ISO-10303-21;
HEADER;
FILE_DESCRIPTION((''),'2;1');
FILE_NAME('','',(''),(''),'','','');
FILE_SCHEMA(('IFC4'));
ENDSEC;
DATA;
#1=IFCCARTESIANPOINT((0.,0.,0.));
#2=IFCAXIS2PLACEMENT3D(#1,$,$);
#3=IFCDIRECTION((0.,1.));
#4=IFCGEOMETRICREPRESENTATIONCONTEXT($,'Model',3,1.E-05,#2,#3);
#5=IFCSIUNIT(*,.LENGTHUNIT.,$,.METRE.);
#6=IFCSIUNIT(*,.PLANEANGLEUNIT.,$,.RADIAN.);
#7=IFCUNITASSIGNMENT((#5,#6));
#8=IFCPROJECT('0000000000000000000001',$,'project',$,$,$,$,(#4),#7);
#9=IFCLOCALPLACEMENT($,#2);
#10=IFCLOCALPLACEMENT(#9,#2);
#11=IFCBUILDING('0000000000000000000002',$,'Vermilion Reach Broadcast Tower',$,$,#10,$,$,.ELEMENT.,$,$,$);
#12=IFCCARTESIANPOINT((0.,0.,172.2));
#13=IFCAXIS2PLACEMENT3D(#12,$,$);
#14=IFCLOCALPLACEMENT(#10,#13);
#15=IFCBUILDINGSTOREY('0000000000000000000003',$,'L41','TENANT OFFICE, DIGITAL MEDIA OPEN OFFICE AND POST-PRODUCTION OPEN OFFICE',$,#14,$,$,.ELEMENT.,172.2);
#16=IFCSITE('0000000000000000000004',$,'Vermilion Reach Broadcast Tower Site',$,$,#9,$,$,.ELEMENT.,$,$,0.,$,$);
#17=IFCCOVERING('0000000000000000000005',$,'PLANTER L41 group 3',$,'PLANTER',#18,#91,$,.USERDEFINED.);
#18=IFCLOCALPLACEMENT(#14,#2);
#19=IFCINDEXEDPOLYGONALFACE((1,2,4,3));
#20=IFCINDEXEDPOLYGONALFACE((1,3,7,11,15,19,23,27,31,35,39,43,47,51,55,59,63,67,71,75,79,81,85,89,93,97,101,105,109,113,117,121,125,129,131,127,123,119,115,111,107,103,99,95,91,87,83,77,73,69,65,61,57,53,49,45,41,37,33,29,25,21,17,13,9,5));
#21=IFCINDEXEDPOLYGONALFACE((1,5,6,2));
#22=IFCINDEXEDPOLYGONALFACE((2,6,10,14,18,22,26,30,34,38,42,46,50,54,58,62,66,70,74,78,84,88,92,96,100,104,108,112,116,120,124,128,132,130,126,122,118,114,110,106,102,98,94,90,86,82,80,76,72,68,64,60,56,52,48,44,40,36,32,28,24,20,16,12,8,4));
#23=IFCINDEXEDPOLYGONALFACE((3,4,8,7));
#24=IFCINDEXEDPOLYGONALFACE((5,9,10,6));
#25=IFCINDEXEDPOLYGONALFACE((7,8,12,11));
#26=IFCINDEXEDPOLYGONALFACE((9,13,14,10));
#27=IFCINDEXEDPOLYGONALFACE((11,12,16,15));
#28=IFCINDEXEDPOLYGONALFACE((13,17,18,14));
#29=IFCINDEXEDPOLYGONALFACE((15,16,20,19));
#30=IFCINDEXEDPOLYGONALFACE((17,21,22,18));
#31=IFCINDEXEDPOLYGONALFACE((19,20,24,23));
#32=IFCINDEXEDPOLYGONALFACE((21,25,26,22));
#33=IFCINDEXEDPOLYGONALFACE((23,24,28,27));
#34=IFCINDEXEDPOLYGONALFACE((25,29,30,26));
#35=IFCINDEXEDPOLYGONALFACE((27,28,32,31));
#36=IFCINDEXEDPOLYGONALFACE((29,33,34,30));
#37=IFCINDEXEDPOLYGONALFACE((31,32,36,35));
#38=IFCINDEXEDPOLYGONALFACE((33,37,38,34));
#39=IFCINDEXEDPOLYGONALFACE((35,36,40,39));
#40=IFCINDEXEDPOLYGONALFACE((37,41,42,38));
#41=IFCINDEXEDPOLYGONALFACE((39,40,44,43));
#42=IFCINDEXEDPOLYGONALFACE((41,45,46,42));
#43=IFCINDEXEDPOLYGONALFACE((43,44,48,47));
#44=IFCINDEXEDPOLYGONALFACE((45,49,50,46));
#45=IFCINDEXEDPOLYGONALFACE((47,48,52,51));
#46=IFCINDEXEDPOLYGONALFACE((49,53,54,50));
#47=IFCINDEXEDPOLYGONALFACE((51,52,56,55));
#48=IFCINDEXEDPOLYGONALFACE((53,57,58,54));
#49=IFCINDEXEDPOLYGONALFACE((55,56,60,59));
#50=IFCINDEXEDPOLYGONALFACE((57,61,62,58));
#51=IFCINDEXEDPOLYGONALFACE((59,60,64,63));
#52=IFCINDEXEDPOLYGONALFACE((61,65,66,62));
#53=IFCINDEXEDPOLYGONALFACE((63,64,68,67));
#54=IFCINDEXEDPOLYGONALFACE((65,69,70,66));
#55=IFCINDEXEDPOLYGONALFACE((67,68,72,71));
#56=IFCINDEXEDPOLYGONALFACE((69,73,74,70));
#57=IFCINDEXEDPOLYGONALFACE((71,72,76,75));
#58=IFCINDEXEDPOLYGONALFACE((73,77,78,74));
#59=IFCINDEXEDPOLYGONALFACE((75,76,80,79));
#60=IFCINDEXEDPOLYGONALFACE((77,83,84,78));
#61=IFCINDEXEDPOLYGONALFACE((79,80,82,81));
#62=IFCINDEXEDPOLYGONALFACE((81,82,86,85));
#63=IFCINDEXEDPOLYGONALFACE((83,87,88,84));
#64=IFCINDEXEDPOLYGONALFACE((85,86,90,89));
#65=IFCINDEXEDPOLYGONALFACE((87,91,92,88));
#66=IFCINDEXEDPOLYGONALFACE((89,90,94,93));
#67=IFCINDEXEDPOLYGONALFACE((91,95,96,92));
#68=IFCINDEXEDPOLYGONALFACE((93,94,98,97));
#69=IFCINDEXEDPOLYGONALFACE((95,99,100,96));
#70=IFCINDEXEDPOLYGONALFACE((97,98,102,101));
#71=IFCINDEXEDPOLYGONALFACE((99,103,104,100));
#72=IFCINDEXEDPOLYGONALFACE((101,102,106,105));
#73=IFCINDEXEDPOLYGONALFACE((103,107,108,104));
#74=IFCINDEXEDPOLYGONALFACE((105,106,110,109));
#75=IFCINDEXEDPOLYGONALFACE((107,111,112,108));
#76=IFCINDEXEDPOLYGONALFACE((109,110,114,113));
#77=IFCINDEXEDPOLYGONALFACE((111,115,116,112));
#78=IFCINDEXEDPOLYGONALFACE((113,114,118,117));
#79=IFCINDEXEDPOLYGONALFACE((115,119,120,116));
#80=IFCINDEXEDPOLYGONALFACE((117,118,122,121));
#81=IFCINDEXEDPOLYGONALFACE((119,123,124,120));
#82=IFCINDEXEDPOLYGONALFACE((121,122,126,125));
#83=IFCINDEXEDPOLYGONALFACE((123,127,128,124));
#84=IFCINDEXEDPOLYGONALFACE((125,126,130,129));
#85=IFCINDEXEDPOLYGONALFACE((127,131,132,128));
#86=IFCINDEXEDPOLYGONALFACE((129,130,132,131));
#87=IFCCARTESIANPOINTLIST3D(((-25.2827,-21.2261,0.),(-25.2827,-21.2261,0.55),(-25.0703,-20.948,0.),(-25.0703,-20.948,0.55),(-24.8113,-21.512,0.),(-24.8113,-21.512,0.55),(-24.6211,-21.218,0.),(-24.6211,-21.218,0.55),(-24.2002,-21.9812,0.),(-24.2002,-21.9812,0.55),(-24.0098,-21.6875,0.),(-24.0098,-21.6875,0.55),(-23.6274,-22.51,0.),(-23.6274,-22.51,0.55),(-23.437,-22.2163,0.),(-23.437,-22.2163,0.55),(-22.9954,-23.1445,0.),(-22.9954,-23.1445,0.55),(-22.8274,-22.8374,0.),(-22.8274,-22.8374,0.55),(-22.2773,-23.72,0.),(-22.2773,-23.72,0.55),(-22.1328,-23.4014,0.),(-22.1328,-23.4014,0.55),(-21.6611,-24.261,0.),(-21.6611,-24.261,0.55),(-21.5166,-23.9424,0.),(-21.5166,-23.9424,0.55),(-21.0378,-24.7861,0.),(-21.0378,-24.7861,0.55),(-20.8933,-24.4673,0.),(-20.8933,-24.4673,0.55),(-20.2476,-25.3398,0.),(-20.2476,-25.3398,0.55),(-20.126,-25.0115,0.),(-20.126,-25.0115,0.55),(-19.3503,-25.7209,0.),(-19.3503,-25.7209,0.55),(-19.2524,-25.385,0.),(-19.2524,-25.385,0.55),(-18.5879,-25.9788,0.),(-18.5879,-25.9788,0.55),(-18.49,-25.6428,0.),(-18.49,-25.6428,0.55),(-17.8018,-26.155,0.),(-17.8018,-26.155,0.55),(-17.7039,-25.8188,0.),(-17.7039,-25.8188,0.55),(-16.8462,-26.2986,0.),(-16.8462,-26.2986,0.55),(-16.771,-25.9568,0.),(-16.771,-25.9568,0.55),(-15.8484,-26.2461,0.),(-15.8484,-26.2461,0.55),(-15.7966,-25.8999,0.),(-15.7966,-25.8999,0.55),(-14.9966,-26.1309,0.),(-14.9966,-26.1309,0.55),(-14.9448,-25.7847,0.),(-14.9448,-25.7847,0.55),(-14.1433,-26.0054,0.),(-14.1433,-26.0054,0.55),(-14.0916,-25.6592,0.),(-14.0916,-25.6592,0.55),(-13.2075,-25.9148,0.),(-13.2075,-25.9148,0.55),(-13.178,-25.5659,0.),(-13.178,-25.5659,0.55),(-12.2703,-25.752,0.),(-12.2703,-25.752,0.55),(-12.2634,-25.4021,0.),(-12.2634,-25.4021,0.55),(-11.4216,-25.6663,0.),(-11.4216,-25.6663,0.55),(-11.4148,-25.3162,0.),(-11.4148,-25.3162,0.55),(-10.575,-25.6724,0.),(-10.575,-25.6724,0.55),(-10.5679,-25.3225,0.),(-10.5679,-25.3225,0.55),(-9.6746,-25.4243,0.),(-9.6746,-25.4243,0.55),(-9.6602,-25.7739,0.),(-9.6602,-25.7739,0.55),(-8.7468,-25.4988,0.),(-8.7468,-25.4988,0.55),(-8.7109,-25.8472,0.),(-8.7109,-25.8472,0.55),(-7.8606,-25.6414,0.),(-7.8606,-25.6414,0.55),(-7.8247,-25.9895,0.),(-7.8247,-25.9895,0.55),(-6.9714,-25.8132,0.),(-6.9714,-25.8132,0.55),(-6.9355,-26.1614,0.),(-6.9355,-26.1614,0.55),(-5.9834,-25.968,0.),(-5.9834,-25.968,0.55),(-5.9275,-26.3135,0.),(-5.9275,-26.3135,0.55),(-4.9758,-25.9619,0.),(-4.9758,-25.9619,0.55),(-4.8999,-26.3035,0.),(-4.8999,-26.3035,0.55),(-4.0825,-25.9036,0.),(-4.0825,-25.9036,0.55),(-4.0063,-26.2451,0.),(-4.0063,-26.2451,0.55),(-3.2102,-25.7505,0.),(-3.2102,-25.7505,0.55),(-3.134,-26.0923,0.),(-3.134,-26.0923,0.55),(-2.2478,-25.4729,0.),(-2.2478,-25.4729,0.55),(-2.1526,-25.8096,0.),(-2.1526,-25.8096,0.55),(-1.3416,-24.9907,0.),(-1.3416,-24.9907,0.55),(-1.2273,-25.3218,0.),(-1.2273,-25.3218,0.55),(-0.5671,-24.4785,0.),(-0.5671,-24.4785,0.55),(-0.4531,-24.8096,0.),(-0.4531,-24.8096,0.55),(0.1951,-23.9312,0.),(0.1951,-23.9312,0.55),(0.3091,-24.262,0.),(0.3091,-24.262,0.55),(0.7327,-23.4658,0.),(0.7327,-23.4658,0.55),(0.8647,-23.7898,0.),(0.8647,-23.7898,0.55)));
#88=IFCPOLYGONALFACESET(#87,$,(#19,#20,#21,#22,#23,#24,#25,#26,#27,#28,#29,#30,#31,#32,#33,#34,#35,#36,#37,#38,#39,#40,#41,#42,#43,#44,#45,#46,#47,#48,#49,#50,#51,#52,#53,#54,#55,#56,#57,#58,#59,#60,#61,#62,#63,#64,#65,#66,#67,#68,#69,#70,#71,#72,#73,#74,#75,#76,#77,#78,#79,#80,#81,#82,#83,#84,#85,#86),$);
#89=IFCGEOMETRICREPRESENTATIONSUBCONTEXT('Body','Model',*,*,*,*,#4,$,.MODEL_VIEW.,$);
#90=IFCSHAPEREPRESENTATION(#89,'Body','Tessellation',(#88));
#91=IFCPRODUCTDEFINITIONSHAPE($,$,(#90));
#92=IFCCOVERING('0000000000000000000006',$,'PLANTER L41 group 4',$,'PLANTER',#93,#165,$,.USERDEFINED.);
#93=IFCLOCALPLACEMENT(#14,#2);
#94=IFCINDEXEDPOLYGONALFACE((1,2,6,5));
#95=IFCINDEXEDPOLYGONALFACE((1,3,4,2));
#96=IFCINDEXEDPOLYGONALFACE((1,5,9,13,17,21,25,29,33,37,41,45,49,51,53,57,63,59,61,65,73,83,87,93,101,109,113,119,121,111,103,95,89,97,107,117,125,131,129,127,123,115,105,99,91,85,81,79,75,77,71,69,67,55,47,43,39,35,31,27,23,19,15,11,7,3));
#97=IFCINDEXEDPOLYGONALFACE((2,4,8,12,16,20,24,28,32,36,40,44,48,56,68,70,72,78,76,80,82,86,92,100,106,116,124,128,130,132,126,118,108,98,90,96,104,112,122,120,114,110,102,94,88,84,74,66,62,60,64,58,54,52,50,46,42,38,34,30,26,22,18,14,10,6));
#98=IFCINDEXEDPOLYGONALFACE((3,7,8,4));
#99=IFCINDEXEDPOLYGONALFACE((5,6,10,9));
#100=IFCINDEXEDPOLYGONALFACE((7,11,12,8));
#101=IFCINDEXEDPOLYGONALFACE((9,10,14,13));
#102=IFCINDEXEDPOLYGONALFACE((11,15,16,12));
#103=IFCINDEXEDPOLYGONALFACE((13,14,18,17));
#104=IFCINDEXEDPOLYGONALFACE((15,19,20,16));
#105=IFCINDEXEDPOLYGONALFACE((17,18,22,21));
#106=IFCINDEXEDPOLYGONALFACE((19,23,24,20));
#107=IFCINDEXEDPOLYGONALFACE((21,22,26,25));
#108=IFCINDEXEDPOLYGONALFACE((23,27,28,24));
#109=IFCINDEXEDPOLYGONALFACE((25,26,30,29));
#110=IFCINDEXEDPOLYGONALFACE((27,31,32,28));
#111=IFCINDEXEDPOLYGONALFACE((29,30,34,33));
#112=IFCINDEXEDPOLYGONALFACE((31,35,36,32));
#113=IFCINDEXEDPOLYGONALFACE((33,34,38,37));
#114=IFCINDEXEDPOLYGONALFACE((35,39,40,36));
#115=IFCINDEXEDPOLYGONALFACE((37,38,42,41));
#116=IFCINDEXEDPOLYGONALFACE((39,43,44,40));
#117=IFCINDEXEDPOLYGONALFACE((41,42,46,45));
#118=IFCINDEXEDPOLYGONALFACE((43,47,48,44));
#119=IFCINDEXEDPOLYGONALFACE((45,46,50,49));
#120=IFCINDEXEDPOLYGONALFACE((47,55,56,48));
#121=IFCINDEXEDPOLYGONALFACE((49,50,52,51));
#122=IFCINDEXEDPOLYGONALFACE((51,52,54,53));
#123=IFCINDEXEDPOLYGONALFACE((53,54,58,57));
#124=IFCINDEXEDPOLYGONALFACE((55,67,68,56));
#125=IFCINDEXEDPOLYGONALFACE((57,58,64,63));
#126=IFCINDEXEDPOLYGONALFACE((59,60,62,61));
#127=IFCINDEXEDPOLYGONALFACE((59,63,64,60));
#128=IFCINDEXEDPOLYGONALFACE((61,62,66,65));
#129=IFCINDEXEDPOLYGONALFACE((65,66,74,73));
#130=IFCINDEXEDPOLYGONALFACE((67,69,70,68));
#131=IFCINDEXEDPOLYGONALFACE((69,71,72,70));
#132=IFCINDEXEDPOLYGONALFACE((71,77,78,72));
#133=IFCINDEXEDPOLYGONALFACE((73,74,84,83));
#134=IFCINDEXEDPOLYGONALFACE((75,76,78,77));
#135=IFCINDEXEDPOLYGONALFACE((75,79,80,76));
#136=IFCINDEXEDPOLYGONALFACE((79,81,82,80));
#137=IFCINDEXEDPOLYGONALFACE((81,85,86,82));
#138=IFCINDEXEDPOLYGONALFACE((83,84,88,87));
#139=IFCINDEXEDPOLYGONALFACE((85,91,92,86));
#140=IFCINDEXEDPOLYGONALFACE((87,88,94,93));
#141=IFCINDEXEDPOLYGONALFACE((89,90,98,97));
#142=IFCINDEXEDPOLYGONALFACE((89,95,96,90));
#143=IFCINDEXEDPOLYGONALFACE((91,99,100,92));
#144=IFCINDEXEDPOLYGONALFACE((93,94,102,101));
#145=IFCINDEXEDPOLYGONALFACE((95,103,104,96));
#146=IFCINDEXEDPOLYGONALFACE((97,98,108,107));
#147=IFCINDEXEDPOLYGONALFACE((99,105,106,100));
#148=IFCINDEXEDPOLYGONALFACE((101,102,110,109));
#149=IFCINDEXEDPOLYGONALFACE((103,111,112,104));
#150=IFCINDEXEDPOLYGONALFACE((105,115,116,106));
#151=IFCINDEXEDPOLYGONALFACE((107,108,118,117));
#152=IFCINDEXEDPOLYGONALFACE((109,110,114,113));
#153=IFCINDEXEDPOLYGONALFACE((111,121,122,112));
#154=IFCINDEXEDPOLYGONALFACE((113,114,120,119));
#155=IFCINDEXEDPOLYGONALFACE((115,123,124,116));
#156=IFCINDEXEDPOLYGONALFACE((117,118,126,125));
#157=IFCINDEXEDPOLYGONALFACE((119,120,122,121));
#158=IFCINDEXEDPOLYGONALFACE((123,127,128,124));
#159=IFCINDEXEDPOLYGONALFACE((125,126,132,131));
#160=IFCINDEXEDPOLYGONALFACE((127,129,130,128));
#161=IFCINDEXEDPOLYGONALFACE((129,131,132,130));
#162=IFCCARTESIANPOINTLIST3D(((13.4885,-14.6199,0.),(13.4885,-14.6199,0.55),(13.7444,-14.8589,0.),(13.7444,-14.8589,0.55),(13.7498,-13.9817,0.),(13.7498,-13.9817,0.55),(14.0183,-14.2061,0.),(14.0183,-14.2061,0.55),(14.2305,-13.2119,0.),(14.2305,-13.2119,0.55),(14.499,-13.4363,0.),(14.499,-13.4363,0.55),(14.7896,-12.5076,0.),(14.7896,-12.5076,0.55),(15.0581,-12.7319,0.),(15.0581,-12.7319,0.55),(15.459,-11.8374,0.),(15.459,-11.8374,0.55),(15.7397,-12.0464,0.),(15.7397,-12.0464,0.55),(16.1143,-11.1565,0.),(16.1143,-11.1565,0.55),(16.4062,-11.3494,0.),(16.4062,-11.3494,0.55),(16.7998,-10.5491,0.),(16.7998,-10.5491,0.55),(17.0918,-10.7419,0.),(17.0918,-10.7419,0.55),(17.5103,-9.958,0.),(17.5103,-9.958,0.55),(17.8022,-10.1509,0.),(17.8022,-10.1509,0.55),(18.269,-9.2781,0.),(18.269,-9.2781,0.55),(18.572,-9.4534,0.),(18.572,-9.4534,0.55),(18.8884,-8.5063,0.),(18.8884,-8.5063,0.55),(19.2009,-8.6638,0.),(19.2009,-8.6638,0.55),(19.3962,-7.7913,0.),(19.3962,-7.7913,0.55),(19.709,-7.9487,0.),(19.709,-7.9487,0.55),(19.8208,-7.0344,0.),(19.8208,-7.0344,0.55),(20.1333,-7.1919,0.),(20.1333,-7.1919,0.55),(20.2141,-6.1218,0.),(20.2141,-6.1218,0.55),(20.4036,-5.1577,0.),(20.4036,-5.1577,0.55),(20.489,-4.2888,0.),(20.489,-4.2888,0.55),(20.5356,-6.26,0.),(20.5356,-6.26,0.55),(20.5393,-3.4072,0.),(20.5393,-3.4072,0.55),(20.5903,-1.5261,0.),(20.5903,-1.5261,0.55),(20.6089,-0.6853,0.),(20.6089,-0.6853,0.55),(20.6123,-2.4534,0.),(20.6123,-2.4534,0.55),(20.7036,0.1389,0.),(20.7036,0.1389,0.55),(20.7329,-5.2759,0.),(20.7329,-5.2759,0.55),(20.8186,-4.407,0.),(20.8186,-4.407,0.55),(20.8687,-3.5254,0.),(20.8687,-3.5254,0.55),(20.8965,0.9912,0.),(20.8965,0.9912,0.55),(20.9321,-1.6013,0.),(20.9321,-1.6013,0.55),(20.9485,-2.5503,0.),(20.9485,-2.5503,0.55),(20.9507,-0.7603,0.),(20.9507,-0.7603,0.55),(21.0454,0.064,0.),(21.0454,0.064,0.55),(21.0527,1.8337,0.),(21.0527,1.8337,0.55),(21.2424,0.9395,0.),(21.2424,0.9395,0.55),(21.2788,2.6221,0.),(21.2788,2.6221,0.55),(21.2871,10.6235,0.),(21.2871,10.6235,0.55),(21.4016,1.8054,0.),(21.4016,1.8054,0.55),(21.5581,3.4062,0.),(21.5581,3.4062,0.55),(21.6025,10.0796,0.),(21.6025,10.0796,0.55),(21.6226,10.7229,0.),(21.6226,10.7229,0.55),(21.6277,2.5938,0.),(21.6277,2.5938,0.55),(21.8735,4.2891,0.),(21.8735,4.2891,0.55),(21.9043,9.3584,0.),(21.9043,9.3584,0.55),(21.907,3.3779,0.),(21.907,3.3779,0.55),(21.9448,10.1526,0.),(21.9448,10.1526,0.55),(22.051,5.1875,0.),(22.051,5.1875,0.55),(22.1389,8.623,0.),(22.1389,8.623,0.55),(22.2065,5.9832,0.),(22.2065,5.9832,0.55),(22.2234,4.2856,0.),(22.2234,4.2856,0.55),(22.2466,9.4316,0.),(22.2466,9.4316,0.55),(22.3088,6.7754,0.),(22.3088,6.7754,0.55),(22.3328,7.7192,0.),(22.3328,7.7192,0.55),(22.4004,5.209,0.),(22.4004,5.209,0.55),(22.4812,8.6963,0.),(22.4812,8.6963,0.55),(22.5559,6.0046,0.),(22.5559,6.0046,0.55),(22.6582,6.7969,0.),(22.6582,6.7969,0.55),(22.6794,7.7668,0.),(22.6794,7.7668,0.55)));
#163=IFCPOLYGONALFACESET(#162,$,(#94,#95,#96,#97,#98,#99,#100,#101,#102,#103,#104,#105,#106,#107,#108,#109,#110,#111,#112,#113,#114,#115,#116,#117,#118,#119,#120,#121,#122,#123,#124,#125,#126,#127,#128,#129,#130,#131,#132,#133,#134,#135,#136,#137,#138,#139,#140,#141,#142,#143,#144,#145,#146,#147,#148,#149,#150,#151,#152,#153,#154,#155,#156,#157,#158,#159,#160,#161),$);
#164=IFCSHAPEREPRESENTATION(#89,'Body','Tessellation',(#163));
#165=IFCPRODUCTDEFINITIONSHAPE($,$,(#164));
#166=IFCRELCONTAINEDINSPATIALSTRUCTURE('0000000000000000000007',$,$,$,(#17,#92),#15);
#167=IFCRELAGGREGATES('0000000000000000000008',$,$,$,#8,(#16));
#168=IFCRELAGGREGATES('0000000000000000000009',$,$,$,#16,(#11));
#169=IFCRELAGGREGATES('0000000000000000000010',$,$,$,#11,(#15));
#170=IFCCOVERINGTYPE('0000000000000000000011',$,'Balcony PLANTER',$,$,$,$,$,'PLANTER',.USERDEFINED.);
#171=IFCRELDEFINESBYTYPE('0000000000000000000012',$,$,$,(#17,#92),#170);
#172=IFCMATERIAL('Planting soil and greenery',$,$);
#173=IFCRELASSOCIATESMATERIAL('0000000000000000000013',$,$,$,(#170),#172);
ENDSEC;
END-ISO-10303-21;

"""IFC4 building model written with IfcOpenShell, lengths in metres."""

from ifc_helpers import new_model, si_unit, direction, frame, origin, place, context, subcontext, project, spatial, polyline, outline, extrude, material, type_object, element, save


model = new_model("IFC4")

# Units and contexts
model_context = context("Model", 3, precision=1e-05, world=origin(), true_north=direction((0.0, 1.0)))
body_context = subcontext(model_context, "Body", "Model", "MODEL_VIEW")
ifc_project = project(units=[si_unit("LENGTHUNIT", "METRE"), si_unit("PLANEANGLEUNIT", "RADIAN")], contexts=[model_context])

# Site, building, storey
site_placement = place(None, origin())
site = spatial("IfcSite", under=ifc_project, at=site_placement, Name="Vermilion Reach Broadcast Tower Site", CompositionType="ELEMENT", RefElevation=0.0)
building_placement = place(site_placement, origin())
building = spatial("IfcBuilding", under=site, at=building_placement, Name="Vermilion Reach Broadcast Tower", CompositionType="ELEMENT")
storey_placement = place(building_placement, frame((0.0, 0.0, 172.2)))
storey = spatial("IfcBuildingStorey", under=building, at=storey_placement, Name="L41", Description="TENANT OFFICE, DIGITAL MEDIA OPEN OFFICE AND POST-PRODUCTION OPEN OFFICE", CompositionType="ELEMENT", Elevation=172.2)

# Shared definitions
placement_1 = place(storey_placement, origin())

# Coverings
ifc_material_1 = material(Name="Planting soil and greenery")
covering_type = type_object("IfcCoveringType", Name="Balcony PLANTER", ElementType="PLANTER", PredefinedType="USERDEFINED", material=ifc_material_1)
element("IfcCovering", 1, at=placement_1, inside=storey, type_object=covering_type, Name="PLANTER L41 group 3", ObjectType="PLANTER", PredefinedType="USERDEFINED", context=body_context, shape_type="SweptSolid", body=[
    extrude(outline(polyline([(-25.2827, -21.2261), (-24.8113, -21.512), (-24.2002, -21.9812), (-23.6274, -22.51), (-22.9954, -23.1445), (-22.2773, -23.72), (-21.6611, -24.261), (-21.0378, -24.7861), (-20.2476, -25.3398), (-19.3503, -25.7209), (-18.5879, -25.9788), (-17.8018, -26.155), (-16.8462, -26.2986), (-15.8484, -26.2461), (-14.9966, -26.1309), (-14.1433, -26.0054), (-13.2075, -25.9148), (-12.2703, -25.752), (-11.4216, -25.6663), (-10.575, -25.6724), (-9.6602, -25.7739), (-8.7109, -25.8472), (-7.8247, -25.9895), (-6.9355, -26.1614), (-5.9275, -26.3135), (-4.8999, -26.3035), (-4.0063, -26.2451), (-3.134, -26.0923), (-2.1526, -25.8096), (-1.2273, -25.3218), (-0.4531, -24.8096), (0.3091, -24.262), (0.8647, -23.7898), (0.7327, -23.4658), (0.1951, -23.9312), (-0.5671, -24.4785), (-1.3416, -24.9907), (-2.2478, -25.4729), (-3.2102, -25.7505), (-4.0825, -25.9036), (-4.9758, -25.9619), (-5.9834, -25.968), (-6.9714, -25.8132), (-7.8606, -25.6414), (-8.7468, -25.4988), (-9.6746, -25.4243), (-10.5679, -25.3225), (-11.4148, -25.3162), (-12.2634, -25.4021), (-13.178, -25.5659), (-14.0916, -25.6592), (-14.9448, -25.7847), (-15.7966, -25.8999), (-16.771, -25.9568), (-17.7039, -25.8188), (-18.49, -25.6428), (-19.2524, -25.385), (-20.126, -25.0115), (-20.8933, -24.4673), (-21.5166, -23.9424), (-22.1328, -23.4014), (-22.8274, -22.8374), (-23.437, -22.2163), (-24.0098, -21.6875), (-24.6211, -21.218), (-25.0703, -20.948), (-25.2827, -21.2261)])), origin(), (0.0, 0.0, 1.0), 0.55),
])
element("IfcCovering", 2, at=placement_1, inside=storey, type_object=covering_type, Name="PLANTER L41 group 4", ObjectType="PLANTER", PredefinedType="USERDEFINED", context=body_context, shape_type="SweptSolid", body=[
    extrude(outline(polyline([(13.7444, -14.8589), (14.0183, -14.2061), (14.499, -13.4363), (15.0581, -12.7319), (15.7397, -12.0464), (16.4062, -11.3494), (17.0918, -10.7419), (17.8022, -10.1509), (18.572, -9.4534), (19.2009, -8.6638), (19.709, -7.9487), (20.1333, -7.1919), (20.5356, -6.26), (20.7329, -5.2759), (20.8186, -4.407), (20.8687, -3.5254), (20.9485, -2.5503), (20.9321, -1.6013), (20.9507, -0.7603), (21.0454, 0.064), (21.2424, 0.9395), (21.4016, 1.8054), (21.6277, 2.5938), (21.907, 3.3779), (22.2234, 4.2856), (22.4004, 5.209), (22.5559, 6.0046), (22.6582, 6.7969), (22.6794, 7.7668), (22.4812, 8.6963), (22.2466, 9.4316), (21.9448, 10.1526), (21.6226, 10.7229), (21.2871, 10.6235), (21.6025, 10.0796), (21.9043, 9.3584), (22.1389, 8.623), (22.3328, 7.7192), (22.3088, 6.7754), (22.2065, 5.9832), (22.051, 5.1875), (21.8735, 4.2891), (21.5581, 3.4062), (21.2788, 2.6221), (21.0527, 1.8337), (20.8965, 0.9912), (20.7036, 0.1389), (20.6089, -0.6853), (20.5903, -1.5261), (20.6123, -2.4534), (20.5393, -3.4072), (20.489, -4.2888), (20.4036, -5.1577), (20.2141, -6.1218), (19.8208, -7.0344), (19.3962, -7.7913), (18.8884, -8.5063), (18.269, -9.2781), (17.5103, -9.958), (16.7998, -10.5491), (16.1143, -11.1565), (15.459, -11.8374), (14.7896, -12.5076), (14.2305, -13.2119), (13.7498, -13.9817), (13.4885, -14.6199), (13.7444, -14.8589)])), origin(), (0.0, 0.0, 1.0), 0.55),
])

save(model, "model.ifc")
